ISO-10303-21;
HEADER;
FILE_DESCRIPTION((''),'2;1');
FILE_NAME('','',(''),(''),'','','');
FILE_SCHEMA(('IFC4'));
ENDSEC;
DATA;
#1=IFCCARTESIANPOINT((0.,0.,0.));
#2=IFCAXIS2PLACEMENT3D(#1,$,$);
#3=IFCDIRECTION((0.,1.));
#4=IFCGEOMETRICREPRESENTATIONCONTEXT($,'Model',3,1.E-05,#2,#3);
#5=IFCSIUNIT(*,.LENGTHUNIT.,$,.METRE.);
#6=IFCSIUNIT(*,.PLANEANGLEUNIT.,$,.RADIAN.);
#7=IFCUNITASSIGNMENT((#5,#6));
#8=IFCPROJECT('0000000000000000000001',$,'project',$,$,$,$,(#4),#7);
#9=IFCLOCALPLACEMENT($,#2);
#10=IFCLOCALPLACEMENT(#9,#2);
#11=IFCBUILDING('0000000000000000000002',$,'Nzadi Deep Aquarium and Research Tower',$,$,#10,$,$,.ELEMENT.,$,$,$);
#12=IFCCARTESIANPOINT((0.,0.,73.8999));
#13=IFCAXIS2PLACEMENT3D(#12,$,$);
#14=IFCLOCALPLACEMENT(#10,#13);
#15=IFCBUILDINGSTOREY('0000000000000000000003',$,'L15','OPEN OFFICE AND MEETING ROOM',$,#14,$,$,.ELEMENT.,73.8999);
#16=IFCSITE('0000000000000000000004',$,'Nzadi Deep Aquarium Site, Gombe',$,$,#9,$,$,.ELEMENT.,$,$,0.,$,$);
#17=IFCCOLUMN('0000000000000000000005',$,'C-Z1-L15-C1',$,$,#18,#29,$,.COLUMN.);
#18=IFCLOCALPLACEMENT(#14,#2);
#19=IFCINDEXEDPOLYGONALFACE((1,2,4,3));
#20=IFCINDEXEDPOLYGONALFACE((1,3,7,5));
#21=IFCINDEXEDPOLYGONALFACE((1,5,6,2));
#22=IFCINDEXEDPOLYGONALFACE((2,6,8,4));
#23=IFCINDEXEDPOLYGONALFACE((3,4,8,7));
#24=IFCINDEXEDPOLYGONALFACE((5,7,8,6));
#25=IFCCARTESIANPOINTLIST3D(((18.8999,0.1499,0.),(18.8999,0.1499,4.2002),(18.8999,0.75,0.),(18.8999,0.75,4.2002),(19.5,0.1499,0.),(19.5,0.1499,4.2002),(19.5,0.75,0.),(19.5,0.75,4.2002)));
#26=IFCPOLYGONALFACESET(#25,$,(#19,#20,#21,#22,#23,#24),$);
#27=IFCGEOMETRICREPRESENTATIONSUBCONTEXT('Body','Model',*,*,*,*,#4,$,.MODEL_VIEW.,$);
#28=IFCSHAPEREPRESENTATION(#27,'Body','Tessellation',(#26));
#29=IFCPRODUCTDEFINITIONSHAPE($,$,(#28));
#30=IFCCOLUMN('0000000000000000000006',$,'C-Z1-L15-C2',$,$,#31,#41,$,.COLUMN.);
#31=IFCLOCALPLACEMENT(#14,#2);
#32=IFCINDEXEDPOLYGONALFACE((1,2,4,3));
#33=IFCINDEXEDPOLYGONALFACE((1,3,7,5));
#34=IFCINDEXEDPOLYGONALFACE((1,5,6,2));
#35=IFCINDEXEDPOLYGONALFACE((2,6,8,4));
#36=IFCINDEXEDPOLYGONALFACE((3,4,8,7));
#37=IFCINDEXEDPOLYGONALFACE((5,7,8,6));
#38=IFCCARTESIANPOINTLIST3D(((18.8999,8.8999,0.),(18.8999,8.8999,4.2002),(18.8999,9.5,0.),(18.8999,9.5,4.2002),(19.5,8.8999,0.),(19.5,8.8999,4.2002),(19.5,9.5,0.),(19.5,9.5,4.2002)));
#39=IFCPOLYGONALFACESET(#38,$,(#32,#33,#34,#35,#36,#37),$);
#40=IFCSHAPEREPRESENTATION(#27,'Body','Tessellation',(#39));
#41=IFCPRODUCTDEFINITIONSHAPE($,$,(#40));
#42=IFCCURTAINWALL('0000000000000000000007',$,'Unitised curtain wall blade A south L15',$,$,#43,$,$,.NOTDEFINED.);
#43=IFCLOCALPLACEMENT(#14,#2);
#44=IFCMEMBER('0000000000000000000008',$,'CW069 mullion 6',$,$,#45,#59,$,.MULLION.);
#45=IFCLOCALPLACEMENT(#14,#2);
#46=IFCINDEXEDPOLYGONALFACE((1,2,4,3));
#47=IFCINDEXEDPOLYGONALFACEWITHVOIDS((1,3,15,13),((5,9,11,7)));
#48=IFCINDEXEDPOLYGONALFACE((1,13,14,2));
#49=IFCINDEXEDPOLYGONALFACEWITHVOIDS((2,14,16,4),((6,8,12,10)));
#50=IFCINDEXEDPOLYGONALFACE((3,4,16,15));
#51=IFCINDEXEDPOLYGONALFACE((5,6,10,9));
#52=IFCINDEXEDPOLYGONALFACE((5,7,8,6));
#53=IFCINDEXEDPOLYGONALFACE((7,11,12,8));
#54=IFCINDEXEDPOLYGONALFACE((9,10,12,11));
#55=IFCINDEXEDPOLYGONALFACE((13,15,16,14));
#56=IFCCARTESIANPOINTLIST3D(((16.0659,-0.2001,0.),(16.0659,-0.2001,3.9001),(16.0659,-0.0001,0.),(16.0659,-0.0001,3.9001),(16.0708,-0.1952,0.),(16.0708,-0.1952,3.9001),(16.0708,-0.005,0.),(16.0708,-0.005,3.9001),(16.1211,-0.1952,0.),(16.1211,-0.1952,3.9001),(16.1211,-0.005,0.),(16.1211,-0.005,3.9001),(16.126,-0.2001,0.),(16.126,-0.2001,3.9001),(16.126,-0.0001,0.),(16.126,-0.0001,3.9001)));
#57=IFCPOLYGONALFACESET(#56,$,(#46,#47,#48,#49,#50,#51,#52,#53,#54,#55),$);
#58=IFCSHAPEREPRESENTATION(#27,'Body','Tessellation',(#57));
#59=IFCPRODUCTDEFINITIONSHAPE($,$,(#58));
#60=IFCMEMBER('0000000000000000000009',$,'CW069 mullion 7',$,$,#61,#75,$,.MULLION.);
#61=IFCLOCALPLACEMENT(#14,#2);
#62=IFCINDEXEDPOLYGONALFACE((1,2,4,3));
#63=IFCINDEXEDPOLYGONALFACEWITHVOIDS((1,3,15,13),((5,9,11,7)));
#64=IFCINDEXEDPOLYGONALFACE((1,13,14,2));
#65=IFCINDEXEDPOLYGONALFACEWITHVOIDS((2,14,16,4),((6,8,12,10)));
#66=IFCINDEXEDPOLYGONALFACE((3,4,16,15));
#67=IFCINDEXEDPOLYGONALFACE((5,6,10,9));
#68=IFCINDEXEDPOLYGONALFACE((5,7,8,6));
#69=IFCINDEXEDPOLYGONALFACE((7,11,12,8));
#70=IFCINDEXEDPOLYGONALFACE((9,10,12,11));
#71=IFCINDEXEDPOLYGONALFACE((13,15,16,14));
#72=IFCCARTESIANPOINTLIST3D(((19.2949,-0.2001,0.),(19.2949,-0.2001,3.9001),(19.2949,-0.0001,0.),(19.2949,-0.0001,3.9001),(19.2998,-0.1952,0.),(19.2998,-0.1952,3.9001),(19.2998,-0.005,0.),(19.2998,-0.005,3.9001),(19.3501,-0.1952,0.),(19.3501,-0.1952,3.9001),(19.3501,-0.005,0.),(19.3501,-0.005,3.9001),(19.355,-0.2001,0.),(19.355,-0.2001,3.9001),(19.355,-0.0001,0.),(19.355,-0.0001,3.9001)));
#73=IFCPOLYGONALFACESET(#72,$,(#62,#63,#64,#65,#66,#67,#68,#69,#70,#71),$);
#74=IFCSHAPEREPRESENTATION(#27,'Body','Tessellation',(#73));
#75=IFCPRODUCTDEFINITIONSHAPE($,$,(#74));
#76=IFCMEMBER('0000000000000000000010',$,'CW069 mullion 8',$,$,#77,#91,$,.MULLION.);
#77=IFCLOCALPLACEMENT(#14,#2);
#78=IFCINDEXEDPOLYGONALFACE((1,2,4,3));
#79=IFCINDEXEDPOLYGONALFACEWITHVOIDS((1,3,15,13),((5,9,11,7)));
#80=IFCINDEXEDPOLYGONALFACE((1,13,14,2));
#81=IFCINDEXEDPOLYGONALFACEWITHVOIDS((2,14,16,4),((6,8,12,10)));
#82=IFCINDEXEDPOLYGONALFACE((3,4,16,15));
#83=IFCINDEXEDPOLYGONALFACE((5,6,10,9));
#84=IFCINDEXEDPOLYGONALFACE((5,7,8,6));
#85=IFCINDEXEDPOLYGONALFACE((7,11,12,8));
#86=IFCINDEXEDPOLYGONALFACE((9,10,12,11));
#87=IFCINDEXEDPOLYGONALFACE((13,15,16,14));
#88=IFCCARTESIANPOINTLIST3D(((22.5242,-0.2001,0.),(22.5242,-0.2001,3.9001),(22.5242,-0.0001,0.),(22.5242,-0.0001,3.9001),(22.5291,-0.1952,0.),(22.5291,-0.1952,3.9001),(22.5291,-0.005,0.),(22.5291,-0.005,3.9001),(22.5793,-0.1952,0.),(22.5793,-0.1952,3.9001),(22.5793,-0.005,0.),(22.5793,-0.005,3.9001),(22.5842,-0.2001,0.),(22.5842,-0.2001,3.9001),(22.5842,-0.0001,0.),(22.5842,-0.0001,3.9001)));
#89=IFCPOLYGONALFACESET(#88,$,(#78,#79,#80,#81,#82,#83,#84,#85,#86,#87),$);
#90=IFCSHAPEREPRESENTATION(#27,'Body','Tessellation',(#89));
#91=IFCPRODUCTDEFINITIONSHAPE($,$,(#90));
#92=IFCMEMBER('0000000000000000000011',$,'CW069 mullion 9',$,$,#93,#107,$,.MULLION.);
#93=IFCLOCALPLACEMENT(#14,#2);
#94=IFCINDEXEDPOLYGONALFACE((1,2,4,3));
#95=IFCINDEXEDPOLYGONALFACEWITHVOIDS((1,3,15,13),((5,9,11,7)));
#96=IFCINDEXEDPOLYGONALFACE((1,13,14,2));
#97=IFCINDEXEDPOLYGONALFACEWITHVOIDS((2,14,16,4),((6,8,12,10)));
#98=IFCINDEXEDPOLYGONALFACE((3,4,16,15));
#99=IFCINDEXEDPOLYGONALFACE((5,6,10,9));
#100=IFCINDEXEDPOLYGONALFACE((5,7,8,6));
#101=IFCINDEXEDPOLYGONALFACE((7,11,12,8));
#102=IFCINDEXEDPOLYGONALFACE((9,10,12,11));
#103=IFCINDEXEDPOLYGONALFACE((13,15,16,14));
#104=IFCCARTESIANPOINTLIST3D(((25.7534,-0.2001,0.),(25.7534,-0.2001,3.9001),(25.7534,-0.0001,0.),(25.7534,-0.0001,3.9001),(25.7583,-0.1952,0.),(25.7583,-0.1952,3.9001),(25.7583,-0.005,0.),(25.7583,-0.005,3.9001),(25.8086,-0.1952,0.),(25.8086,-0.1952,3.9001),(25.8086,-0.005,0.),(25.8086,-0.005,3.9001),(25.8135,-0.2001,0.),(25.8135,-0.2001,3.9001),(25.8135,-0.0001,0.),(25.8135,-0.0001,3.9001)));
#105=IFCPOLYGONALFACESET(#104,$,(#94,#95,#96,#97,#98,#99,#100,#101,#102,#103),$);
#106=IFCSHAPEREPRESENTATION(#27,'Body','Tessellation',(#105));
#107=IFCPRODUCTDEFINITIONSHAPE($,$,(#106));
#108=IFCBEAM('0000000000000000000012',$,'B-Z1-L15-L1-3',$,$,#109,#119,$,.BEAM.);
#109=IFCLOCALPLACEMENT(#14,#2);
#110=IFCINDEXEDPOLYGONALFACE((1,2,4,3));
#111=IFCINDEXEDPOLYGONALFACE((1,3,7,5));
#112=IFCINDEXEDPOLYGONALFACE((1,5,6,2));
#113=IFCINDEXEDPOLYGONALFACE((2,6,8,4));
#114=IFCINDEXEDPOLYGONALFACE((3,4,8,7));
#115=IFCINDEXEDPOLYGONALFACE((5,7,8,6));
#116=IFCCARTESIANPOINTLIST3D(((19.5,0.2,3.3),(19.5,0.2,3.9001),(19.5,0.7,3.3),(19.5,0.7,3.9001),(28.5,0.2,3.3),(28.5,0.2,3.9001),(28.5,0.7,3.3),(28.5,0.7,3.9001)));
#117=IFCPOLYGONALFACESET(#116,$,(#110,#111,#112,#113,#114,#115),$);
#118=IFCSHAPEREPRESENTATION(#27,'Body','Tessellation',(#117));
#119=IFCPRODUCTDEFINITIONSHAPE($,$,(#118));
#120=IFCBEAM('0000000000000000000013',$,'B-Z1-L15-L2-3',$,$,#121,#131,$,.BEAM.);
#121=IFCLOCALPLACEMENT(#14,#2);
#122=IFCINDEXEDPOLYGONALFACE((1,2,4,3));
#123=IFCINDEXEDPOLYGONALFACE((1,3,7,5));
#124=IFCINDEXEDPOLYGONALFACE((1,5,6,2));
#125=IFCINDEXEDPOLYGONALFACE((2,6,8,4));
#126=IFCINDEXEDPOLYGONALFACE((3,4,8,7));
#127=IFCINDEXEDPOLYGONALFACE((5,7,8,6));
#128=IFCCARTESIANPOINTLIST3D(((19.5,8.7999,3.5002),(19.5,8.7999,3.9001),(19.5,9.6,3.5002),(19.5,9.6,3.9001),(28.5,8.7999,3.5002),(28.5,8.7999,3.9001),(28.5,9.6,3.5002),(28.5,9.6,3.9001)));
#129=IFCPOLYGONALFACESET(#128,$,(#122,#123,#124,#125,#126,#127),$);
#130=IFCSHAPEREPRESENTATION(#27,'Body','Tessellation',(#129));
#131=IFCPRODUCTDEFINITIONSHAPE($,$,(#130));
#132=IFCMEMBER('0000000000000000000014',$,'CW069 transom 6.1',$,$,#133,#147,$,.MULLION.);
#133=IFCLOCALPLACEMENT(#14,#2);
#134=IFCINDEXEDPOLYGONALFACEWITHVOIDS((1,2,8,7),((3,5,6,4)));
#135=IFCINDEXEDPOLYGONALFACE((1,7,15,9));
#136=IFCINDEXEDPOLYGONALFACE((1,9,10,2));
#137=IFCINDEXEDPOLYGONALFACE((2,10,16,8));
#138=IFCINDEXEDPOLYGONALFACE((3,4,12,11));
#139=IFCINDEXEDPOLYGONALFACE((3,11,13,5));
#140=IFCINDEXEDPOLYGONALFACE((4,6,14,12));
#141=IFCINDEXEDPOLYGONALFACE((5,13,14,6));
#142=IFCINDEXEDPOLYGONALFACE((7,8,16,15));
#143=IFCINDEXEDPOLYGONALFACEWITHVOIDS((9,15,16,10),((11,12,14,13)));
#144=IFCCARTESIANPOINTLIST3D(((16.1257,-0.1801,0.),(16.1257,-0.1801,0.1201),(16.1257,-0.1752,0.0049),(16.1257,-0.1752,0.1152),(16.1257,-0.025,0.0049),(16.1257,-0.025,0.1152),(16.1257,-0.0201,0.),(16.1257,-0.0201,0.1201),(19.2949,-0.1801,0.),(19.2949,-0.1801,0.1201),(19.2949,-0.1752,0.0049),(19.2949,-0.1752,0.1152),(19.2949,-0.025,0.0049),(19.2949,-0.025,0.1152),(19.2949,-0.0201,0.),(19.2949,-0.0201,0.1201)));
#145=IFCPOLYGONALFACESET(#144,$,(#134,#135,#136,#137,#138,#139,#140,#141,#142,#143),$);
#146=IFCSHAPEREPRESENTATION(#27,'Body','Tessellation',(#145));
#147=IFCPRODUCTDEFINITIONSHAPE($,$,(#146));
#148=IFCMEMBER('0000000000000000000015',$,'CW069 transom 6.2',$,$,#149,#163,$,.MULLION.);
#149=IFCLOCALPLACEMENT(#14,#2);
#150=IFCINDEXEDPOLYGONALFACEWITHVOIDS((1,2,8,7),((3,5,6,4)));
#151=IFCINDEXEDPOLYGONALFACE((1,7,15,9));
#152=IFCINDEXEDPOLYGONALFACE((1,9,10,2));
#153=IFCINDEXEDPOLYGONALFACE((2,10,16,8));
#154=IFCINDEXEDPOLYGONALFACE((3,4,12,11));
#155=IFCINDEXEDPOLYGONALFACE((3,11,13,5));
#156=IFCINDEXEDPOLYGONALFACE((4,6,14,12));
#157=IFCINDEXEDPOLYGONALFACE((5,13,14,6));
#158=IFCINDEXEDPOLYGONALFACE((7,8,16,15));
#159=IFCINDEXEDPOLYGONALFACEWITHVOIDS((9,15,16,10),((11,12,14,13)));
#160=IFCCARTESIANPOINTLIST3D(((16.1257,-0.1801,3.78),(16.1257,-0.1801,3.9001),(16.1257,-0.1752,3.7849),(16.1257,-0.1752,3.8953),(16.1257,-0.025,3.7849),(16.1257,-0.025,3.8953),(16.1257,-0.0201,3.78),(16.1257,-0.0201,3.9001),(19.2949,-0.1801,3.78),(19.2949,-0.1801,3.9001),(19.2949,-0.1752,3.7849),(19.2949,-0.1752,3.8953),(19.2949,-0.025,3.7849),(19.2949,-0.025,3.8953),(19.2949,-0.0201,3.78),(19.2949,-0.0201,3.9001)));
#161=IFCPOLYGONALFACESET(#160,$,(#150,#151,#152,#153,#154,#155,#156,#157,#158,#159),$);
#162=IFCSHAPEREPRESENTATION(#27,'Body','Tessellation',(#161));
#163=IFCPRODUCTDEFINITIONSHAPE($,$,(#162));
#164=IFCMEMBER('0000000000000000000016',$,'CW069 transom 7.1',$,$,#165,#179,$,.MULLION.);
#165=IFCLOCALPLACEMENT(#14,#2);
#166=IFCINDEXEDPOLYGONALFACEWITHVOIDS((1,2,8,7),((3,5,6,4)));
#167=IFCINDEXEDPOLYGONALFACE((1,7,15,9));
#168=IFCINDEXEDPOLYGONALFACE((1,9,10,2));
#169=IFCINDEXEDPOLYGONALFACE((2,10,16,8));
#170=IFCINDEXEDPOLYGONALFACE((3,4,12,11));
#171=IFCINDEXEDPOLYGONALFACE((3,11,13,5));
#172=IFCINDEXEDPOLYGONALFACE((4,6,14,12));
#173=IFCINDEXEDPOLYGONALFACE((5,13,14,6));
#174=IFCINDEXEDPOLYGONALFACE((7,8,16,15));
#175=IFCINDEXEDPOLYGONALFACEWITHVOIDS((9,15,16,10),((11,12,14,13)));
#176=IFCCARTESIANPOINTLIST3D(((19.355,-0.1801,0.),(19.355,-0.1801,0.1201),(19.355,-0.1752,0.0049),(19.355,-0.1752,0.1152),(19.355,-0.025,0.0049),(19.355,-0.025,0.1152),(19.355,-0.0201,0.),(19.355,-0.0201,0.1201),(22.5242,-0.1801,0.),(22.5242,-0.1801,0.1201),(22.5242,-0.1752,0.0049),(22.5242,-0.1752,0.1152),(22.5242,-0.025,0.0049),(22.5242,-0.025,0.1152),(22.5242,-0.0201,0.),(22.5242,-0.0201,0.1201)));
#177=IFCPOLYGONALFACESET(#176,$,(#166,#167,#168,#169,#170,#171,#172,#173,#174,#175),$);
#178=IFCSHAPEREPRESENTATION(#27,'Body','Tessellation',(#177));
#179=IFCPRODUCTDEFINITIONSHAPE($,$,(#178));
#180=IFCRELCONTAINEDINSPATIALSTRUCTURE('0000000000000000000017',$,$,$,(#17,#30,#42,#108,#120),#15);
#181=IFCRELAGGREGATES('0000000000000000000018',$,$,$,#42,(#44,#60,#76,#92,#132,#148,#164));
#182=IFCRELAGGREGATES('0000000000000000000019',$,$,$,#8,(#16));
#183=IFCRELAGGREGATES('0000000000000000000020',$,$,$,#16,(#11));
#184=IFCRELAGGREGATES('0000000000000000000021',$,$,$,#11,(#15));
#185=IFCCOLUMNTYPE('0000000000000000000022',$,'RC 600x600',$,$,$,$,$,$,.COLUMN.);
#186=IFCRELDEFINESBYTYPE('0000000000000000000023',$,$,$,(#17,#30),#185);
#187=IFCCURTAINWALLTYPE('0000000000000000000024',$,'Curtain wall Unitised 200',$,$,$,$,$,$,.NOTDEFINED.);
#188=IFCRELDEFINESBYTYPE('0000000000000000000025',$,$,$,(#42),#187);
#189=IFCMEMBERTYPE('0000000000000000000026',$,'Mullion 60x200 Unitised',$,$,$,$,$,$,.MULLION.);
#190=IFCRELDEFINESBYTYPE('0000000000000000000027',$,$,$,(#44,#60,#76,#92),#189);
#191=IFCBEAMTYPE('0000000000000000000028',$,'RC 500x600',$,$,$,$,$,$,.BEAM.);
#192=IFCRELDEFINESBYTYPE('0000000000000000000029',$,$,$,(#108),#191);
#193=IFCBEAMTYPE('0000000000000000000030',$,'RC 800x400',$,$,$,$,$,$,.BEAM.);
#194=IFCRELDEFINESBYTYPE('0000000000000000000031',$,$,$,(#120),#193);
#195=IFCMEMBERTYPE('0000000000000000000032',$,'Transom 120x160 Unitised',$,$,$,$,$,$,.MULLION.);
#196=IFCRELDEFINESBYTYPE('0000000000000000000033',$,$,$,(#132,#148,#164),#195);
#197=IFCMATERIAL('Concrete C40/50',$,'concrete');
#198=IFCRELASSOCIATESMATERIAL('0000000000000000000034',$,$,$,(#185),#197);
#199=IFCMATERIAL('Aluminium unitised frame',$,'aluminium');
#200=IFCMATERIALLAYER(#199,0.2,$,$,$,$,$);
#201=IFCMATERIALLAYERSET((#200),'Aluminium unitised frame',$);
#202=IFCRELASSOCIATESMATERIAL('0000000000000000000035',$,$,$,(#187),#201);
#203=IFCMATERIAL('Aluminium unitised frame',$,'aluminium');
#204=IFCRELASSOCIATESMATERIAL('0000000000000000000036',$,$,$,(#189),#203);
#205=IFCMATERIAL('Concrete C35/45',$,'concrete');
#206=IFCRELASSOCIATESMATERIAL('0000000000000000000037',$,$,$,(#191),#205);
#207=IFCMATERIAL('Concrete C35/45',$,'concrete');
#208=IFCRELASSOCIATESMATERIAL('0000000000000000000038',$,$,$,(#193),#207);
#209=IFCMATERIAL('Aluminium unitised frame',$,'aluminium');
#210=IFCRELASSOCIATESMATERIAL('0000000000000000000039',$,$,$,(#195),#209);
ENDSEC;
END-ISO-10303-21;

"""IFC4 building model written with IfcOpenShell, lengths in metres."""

from ifc_helpers import new_model, si_unit, direction, frame, origin, origin_2d, place, context, subcontext, project, spatial, rectangle, hollow_rectangle, extrude, material, layer, layer_set, material_profile, profile_set, type_object, element, aggregate, save


model = new_model("IFC4")

# Units and contexts
model_context = context("Model", 3, precision=1e-05, world=origin(), true_north=direction((0.0, 1.0)))
body_context = subcontext(model_context, "Body", "Model", "MODEL_VIEW")
ifc_project = project(units=[si_unit("LENGTHUNIT", "METRE"), si_unit("PLANEANGLEUNIT", "RADIAN")], contexts=[model_context])

# Site, building, storey
site_placement = place(None, origin())
site = spatial("IfcSite", under=ifc_project, at=site_placement, Name="Nzadi Deep Aquarium Site, Gombe", CompositionType="ELEMENT", RefElevation=0.0)
building_placement = place(site_placement, origin())
building = spatial("IfcBuilding", under=site, at=building_placement, Name="Nzadi Deep Aquarium and Research Tower", CompositionType="ELEMENT")
storey_placement = place(building_placement, frame((0.0, 0.0, 73.8999)))
storey = spatial("IfcBuildingStorey", under=building, at=storey_placement, Name="L15", Description="OPEN OFFICE AND MEETING ROOM", CompositionType="ELEMENT", Elevation=73.8999)

# Columns
ifc_material_1 = material(Name="Concrete C40/50", Category="concrete")
ifc_material_profile_1 = material_profile(ifc_material_1, rectangle(XDim=0.6001, YDim=0.6001, at=origin_2d()))
ifc_profile_set_1 = profile_set([ifc_material_profile_1], Name="Concrete C40/50")
column_type = type_object("IfcColumnType", Name="RC 600x600", PredefinedType="COLUMN", material=ifc_profile_set_1)
for number, where, z_axis, x_axis, name in (
    (1, (19.2, 0.45, 0.0), (0.0, 0.0, 1.0), (1.0, 0.0, 0.0), "C-Z1-L15-C1"),
    (2, (19.2, 9.2, 0.0), (0.0, 0.0, 1.0), (1.0, 0.0, 0.0), "C-Z1-L15-C2"),
):
    element("IfcColumn", number, at=place(storey_placement, frame(where, z_axis=z_axis, x_axis=x_axis)), inside=storey, type_object=column_type, Name=name, PredefinedType="COLUMN", context=body_context, shape_type="SweptSolid", body=[
        extrude(rectangle(XDim=0.6001, YDim=0.6001, at=origin_2d()), origin(), (0.0, 0.0, 1.0), 4.2002),
    ])

# Curtain wall, members
ifc_material_2 = material(Name="Aluminium unitised frame", Category="aluminium")
ifc_layer_1 = layer(ifc_material_2, 0.2)
ifc_layer_set_1 = layer_set([ifc_layer_1], Name="Aluminium unitised frame")
curtain_wall_type = type_object("IfcCurtainWallType", Name="Curtain wall Unitised 200", PredefinedType="NOTDEFINED", material=ifc_layer_set_1)
curtain_wall_placement = place(storey_placement, origin())
curtain_wall = element("IfcCurtainWall", 3, at=curtain_wall_placement, inside=storey, type_object=curtain_wall_type, Name="Unitised curtain wall blade A south L15", PredefinedType="NOTDEFINED")
ifc_material_3 = material(Name="Aluminium unitised frame", Category="aluminium")
ifc_material_profile_2 = material_profile(ifc_material_3, hollow_rectangle(XDim=0.2, YDim=0.0601, WallThickness=0.0049, at=origin_2d()))
ifc_profile_set_2 = profile_set([ifc_material_profile_2], Name="Aluminium unitised frame")
member_type_1 = type_object("IfcMemberType", Name="Mullion 60x200 Unitised", PredefinedType="MULLION", material=ifc_profile_set_2)
member_1_placement = place(storey_placement, frame((16.0959, -0.1001, 0.0), z_axis=(0.0, 0.0, 1.0), x_axis=(0.0, 1.0, 0.0)))
member_1 = element("IfcMember", 4, at=member_1_placement, type_object=member_type_1, Name="CW069 mullion 6", PredefinedType="MULLION", context=body_context, shape_type="SweptSolid", body=[
    extrude(hollow_rectangle(XDim=0.2, YDim=0.0601, WallThickness=0.0049, at=origin_2d()), origin(), (0.0, 0.0, 1.0), 3.9001),
])
member_2_placement = place(storey_placement, frame((19.325, -0.1001, 0.0), z_axis=(0.0, 0.0, 1.0), x_axis=(0.0, 1.0, 0.0)))
member_2 = element("IfcMember", 5, at=member_2_placement, type_object=member_type_1, Name="CW069 mullion 7", PredefinedType="MULLION", context=body_context, shape_type="SweptSolid", body=[
    extrude(hollow_rectangle(XDim=0.2, YDim=0.0601, WallThickness=0.0049, at=origin_2d()), origin(), (0.0, 0.0, 1.0), 3.9001),
])
member_3_placement = place(storey_placement, frame((22.5542, -0.1001, 0.0), z_axis=(0.0, 0.0, 1.0), x_axis=(0.0, 1.0, 0.0)))
member_3 = element("IfcMember", 6, at=member_3_placement, type_object=member_type_1, Name="CW069 mullion 8", PredefinedType="MULLION", context=body_context, shape_type="SweptSolid", body=[
    extrude(hollow_rectangle(XDim=0.2, YDim=0.0601, WallThickness=0.0049, at=origin_2d()), origin(), (0.0, 0.0, 1.0), 3.9001),
])
member_4_placement = place(storey_placement, frame((25.7834, -0.1001, 0.0), z_axis=(0.0, 0.0, 1.0), x_axis=(0.0, 1.0, 0.0)))
member_4 = element("IfcMember", 7, at=member_4_placement, type_object=member_type_1, Name="CW069 mullion 9", PredefinedType="MULLION", context=body_context, shape_type="SweptSolid", body=[
    extrude(hollow_rectangle(XDim=0.2, YDim=0.0601, WallThickness=0.0049, at=origin_2d()), origin(), (0.0, 0.0, 1.0), 3.9001),
])

# Beams
ifc_material_4 = material(Name="Concrete C35/45", Category="concrete")
ifc_material_profile_3 = material_profile(ifc_material_4, rectangle(XDim=0.5, YDim=0.6001, at=origin_2d()))
ifc_profile_set_3 = profile_set([ifc_material_profile_3], Name="Concrete C35/45")
beam_type_1 = type_object("IfcBeamType", Name="RC 500x600", PredefinedType="BEAM", material=ifc_profile_set_3)
beam_1_placement = place(storey_placement, frame((19.5, 0.45, 3.6001), z_axis=(1.0, 0.0, 0.0), x_axis=(0.0, 1.0, 0.0)))
element("IfcBeam", 8, at=beam_1_placement, inside=storey, type_object=beam_type_1, Name="B-Z1-L15-L1-3", PredefinedType="BEAM", context=body_context, shape_type="SweptSolid", body=[
    extrude(rectangle(XDim=0.5, YDim=0.6001, at=origin_2d()), origin(), (0.0, 0.0, 1.0), 9.0),
])
ifc_material_5 = material(Name="Concrete C35/45", Category="concrete")
ifc_material_profile_4 = material_profile(ifc_material_5, rectangle(XDim=0.8, YDim=0.3999, at=origin_2d()))
ifc_profile_set_4 = profile_set([ifc_material_profile_4], Name="Concrete C35/45")
beam_type_2 = type_object("IfcBeamType", Name="RC 800x400", PredefinedType="BEAM", material=ifc_profile_set_4)
beam_2_placement = place(storey_placement, frame((19.5, 9.2, 3.7002), z_axis=(1.0, 0.0, 0.0), x_axis=(0.0, 1.0, 0.0)))
element("IfcBeam", 9, at=beam_2_placement, inside=storey, type_object=beam_type_2, Name="B-Z1-L15-L2-3", PredefinedType="BEAM", context=body_context, shape_type="SweptSolid", body=[
    extrude(rectangle(XDim=0.8, YDim=0.3999, at=origin_2d()), origin(), (0.0, 0.0, 1.0), 9.0),
])

# Members
ifc_material_6 = material(Name="Aluminium unitised frame", Category="aluminium")
ifc_material_profile_5 = material_profile(ifc_material_6, hollow_rectangle(XDim=0.1599, YDim=0.1201, WallThickness=0.0049, at=origin_2d()))
ifc_profile_set_5 = profile_set([ifc_material_profile_5], Name="Aluminium unitised frame")
member_type_2 = type_object("IfcMemberType", Name="Transom 120x160 Unitised", PredefinedType="MULLION", material=ifc_profile_set_5)
member_5_placement = place(storey_placement, frame((16.1257, -0.1001, 0.0601), z_axis=(1.0, 0.0, 0.0), x_axis=(0.0, 1.0, 0.0)))
member_5 = element("IfcMember", 10, at=member_5_placement, type_object=member_type_2, Name="CW069 transom 6.1", PredefinedType="MULLION", context=body_context, shape_type="SweptSolid", body=[
    extrude(hollow_rectangle(XDim=0.1599, YDim=0.1201, WallThickness=0.0049, at=origin_2d()), origin(), (0.0, 0.0, 1.0), 3.1692),
])
member_6_placement = place(storey_placement, frame((16.1257, -0.1001, 3.8401), z_axis=(1.0, 0.0, 0.0), x_axis=(0.0, 1.0, 0.0)))
member_6 = element("IfcMember", 11, at=member_6_placement, type_object=member_type_2, Name="CW069 transom 6.2", PredefinedType="MULLION", context=body_context, shape_type="SweptSolid", body=[
    extrude(hollow_rectangle(XDim=0.1599, YDim=0.1201, WallThickness=0.0049, at=origin_2d()), origin(), (0.0, 0.0, 1.0), 3.1692),
])
member_7_placement = place(storey_placement, frame((19.355, -0.1001, 0.0601), z_axis=(1.0, 0.0, 0.0), x_axis=(0.0, 1.0, 0.0)))
member_7 = element("IfcMember", 12, at=member_7_placement, type_object=member_type_2, Name="CW069 transom 7.1", PredefinedType="MULLION", context=body_context, shape_type="SweptSolid", body=[
    extrude(hollow_rectangle(XDim=0.1599, YDim=0.1201, WallThickness=0.0049, at=origin_2d()), origin(), (0.0, 0.0, 1.0), 3.1692),
])

aggregate(curtain_wall, [member_1, member_2, member_3, member_4, member_5, member_6, member_7])

save(model, "model.ifc")
